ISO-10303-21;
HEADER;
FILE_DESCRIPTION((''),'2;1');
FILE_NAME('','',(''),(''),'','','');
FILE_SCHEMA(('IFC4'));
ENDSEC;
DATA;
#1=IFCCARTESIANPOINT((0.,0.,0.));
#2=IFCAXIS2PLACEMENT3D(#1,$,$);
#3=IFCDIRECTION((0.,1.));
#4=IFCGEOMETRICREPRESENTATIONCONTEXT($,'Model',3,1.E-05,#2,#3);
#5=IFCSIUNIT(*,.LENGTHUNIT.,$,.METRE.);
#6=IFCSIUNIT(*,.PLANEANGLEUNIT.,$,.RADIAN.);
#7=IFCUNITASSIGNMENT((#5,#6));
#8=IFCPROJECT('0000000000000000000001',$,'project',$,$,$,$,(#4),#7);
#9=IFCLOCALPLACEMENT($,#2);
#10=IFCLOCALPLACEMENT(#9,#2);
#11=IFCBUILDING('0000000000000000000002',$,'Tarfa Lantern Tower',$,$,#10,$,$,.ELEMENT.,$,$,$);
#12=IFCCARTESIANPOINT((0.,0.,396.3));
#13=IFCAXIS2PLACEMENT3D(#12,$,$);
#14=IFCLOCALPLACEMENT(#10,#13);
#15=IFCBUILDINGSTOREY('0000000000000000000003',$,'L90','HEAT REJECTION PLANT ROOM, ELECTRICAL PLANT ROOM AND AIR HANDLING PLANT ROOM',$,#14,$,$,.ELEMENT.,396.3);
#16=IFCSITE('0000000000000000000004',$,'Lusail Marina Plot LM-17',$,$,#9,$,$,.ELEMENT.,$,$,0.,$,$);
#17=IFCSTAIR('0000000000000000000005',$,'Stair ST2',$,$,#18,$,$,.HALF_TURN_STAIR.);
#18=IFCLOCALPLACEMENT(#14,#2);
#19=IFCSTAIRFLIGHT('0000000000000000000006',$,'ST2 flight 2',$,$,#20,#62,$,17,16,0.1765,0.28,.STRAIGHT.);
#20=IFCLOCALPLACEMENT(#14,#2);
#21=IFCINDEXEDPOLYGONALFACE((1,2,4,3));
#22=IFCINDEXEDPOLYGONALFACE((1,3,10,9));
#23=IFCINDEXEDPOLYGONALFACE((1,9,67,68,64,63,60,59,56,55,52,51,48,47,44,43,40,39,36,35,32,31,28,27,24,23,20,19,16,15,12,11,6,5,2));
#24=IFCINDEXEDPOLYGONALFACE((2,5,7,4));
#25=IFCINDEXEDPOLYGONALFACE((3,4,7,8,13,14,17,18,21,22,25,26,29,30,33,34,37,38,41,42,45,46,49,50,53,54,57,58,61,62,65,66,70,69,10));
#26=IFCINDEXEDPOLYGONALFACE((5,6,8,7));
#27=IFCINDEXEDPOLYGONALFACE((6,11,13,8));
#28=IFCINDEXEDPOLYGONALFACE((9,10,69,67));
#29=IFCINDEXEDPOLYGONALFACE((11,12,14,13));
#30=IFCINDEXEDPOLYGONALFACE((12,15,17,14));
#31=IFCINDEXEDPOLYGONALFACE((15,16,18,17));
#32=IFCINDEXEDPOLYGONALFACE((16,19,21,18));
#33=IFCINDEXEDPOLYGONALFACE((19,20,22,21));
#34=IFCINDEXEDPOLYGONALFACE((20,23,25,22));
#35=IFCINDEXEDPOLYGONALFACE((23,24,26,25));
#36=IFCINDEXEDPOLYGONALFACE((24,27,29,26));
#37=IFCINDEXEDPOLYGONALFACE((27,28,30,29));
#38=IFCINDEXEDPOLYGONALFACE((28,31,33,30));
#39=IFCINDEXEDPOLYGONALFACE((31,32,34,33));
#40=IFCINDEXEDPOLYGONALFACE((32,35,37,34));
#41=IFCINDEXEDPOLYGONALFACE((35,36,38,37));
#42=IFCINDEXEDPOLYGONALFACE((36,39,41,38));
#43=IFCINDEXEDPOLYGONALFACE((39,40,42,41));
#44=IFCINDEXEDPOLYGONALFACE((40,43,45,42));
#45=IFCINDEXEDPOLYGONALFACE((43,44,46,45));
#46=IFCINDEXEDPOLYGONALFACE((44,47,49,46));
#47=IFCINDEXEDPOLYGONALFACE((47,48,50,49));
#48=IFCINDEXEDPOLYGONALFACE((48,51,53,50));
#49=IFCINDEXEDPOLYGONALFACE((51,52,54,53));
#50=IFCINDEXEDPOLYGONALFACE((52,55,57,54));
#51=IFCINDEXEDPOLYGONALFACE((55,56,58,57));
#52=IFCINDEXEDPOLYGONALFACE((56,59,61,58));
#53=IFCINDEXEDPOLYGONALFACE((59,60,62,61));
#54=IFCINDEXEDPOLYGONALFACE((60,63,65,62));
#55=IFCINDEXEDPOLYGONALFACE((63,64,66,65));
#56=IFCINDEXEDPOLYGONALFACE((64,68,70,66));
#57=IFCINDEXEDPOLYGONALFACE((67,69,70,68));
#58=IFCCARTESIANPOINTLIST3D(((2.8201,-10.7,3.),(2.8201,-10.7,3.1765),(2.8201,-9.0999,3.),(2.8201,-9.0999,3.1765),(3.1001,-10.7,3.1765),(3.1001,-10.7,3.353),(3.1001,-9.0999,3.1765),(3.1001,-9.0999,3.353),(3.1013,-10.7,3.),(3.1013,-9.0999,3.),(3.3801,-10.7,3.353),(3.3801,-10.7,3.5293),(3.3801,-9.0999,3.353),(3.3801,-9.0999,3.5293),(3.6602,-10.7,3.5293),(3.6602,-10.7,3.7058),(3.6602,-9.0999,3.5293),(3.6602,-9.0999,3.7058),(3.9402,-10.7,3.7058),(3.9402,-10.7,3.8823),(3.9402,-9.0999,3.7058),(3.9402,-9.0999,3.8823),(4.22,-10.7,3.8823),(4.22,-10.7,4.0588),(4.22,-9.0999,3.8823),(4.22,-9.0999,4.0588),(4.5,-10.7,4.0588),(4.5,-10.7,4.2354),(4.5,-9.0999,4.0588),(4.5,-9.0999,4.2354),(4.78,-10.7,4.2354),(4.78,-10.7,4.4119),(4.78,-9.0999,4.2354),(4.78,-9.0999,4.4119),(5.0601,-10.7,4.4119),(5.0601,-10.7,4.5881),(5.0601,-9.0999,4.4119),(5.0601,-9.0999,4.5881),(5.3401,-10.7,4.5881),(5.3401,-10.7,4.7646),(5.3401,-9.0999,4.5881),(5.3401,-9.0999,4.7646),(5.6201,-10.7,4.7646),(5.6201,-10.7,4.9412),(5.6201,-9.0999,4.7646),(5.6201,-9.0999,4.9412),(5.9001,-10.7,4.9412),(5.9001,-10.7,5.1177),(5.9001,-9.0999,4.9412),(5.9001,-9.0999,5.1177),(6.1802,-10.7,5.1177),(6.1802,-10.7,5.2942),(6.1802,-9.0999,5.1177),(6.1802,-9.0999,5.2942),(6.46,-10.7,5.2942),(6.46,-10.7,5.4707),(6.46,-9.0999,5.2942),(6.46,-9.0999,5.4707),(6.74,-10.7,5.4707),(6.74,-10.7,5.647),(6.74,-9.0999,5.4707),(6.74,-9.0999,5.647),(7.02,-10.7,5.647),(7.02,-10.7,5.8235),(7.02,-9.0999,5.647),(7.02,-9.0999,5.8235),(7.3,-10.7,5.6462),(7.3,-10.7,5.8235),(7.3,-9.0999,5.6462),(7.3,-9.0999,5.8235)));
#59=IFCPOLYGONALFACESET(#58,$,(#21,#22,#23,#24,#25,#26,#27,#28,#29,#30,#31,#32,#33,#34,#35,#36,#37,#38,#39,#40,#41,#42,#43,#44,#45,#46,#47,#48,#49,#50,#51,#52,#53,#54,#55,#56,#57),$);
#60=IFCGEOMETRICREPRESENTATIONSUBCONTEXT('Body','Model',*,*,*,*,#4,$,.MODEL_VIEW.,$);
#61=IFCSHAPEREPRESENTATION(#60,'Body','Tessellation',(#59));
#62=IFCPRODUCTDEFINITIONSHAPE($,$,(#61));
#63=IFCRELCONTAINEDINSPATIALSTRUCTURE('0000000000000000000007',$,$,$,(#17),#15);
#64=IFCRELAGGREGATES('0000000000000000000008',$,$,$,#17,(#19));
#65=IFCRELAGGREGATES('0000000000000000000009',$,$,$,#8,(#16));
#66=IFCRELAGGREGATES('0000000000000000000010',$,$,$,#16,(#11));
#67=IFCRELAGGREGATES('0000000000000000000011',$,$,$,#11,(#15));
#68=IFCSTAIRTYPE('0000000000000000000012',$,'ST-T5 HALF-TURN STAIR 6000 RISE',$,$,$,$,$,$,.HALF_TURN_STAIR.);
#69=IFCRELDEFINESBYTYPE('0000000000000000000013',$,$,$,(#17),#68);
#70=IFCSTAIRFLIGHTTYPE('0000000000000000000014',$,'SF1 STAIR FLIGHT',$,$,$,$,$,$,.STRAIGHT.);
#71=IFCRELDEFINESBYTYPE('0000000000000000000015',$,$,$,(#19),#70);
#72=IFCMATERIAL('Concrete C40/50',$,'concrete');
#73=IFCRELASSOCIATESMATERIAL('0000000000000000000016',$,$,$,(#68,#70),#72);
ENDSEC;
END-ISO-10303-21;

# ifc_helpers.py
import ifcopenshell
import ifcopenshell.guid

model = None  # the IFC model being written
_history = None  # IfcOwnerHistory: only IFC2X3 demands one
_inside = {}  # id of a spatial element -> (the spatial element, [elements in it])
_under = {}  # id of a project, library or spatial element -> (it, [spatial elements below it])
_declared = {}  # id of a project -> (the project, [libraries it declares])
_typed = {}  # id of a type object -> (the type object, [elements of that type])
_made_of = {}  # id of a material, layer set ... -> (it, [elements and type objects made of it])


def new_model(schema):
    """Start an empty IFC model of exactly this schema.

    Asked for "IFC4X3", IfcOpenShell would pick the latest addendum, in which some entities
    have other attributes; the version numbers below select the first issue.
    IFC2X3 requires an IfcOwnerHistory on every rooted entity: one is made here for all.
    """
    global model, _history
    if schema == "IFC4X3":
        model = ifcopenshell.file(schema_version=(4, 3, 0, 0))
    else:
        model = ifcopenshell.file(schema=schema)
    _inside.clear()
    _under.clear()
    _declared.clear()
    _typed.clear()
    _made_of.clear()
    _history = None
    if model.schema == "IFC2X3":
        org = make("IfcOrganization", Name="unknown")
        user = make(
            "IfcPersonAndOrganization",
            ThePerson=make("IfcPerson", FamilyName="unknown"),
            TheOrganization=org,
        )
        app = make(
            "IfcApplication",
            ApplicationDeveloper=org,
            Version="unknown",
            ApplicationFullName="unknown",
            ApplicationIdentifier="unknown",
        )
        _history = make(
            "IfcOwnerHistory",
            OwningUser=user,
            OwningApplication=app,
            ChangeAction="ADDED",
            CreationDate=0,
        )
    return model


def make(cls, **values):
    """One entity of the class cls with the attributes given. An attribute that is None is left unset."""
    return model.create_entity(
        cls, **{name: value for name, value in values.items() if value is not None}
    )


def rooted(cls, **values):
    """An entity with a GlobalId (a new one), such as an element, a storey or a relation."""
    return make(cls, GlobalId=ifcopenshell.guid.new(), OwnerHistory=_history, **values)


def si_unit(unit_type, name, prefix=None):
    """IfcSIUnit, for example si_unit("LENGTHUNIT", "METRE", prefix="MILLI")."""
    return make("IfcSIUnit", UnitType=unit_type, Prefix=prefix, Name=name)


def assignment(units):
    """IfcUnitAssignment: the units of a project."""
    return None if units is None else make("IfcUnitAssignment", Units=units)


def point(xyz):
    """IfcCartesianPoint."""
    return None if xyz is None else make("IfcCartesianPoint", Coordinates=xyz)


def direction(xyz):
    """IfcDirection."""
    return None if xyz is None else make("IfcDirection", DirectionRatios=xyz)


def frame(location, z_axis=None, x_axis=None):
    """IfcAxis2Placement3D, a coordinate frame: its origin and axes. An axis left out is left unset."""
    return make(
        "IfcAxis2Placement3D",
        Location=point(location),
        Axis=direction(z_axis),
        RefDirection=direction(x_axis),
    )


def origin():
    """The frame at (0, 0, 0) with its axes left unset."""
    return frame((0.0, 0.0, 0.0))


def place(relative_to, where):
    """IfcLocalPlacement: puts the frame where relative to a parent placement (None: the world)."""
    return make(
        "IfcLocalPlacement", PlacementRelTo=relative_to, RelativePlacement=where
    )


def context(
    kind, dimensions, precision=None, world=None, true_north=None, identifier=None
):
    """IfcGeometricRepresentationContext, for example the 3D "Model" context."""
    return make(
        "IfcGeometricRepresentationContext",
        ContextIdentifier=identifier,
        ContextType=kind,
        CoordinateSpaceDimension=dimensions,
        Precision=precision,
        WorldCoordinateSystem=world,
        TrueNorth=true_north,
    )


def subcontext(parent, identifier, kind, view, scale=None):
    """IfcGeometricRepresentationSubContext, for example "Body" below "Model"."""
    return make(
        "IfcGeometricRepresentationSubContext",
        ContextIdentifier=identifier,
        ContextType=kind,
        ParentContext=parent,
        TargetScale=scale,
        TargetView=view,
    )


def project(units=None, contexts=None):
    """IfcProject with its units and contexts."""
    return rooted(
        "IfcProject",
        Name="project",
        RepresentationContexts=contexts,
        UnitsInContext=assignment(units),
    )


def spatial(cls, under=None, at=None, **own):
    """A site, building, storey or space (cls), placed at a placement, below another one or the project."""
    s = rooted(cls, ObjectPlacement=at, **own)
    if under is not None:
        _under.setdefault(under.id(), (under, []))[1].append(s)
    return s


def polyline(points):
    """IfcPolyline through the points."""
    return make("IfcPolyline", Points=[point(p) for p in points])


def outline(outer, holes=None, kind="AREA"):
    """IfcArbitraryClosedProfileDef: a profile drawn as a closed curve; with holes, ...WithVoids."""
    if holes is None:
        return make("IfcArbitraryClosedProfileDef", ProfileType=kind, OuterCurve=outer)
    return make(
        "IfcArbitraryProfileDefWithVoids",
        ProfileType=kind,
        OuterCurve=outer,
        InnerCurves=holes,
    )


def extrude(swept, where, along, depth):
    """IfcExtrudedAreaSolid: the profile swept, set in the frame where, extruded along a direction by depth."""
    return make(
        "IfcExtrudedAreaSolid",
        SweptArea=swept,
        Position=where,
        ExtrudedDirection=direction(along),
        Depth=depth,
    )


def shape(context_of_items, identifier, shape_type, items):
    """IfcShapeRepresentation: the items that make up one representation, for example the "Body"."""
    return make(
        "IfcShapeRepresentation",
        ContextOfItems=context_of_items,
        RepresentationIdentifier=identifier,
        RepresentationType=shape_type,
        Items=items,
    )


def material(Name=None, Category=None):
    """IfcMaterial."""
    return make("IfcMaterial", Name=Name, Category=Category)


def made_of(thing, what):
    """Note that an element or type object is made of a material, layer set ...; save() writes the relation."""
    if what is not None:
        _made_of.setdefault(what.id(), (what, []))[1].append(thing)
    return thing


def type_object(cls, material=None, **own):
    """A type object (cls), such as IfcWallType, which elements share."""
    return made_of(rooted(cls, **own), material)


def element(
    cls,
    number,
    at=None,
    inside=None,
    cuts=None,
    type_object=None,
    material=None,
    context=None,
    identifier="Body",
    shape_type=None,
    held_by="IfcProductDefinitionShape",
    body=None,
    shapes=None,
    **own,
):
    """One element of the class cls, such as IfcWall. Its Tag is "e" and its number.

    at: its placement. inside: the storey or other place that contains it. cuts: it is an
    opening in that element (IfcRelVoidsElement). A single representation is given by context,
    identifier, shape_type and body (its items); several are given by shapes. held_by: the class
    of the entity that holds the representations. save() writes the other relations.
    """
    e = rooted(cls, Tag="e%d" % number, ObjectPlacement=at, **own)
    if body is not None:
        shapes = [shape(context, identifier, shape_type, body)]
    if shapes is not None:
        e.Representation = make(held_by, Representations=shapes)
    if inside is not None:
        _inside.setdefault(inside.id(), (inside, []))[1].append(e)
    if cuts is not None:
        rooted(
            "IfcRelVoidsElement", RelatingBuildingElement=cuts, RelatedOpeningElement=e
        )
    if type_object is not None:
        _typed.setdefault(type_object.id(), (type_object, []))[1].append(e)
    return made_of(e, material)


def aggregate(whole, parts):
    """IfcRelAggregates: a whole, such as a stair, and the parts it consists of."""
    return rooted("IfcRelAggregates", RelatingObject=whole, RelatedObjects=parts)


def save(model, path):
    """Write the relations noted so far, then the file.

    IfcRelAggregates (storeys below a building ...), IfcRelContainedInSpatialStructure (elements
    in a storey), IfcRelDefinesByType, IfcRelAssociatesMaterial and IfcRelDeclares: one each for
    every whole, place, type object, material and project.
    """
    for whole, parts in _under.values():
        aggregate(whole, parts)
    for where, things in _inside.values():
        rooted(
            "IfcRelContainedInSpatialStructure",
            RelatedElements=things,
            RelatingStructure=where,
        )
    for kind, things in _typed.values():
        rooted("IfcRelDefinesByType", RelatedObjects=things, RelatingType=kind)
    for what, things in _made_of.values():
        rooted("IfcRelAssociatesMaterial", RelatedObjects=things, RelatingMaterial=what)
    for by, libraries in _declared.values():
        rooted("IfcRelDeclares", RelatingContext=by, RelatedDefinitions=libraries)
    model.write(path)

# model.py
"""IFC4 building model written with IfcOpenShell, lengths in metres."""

from ifc_helpers import new_model, si_unit, direction, frame, origin, place, context, subcontext, project, spatial, polyline, outline, extrude, material, type_object, element, aggregate, save


model = new_model("IFC4")

# Units and contexts
model_context = context("Model", 3, precision=1e-05, world=origin(), true_north=direction((0.0, 1.0)))
body_context = subcontext(model_context, "Body", "Model", "MODEL_VIEW")
ifc_project = project(units=[si_unit("LENGTHUNIT", "METRE"), si_unit("PLANEANGLEUNIT", "RADIAN")], contexts=[model_context])

# Site, building, storey
site_placement = place(None, origin())
site = spatial("IfcSite", under=ifc_project, at=site_placement, Name="Lusail Marina Plot LM-17", CompositionType="ELEMENT", RefElevation=0.0)
building_placement = place(site_placement, origin())
building = spatial("IfcBuilding", under=site, at=building_placement, Name="Tarfa Lantern Tower", CompositionType="ELEMENT")
storey_placement = place(building_placement, frame((0.0, 0.0, 396.3)))
storey = spatial("IfcBuildingStorey", under=building, at=storey_placement, Name="L90", Description="HEAT REJECTION PLANT ROOM, ELECTRICAL PLANT ROOM AND AIR HANDLING PLANT ROOM", CompositionType="ELEMENT", Elevation=396.3)

# Shared definitions
ifc_material_1 = material(Name="Concrete C40/50", Category="concrete")

# Stair, stair flight
stair_type = type_object("IfcStairType", Name="ST-T5 HALF-TURN STAIR 6000 RISE", PredefinedType="HALF_TURN_STAIR", material=ifc_material_1)
stair_placement = place(storey_placement, origin())
stair = element("IfcStair", 1, at=stair_placement, inside=storey, type_object=stair_type, Name="Stair ST2", PredefinedType="HALF_TURN_STAIR")
stair_flight_type = type_object("IfcStairFlightType", Name="SF1 STAIR FLIGHT", PredefinedType="STRAIGHT", material=ifc_material_1)
stair_flight_1_placement = place(storey_placement, frame((2.8201, -9.8999, 3.0), z_axis=(0.0, 0.0, 1.0), x_axis=(1.0, 0.0, 0.0)))
stair_flight_1 = element("IfcStairFlight", 2, at=stair_flight_1_placement, type_object=stair_flight_type, Name="ST2 flight 2", NumberOfRisers=17, NumberOfTreads=16, PredefinedType="STRAIGHT", RiserHeight=0.1765, TreadLength=0.28, context=body_context, shape_type="SweptSolid", body=[
    extrude(outline(polyline([(0.0, 0.0), (0.0, 0.1765), (0.28, 0.1765), (0.28, 0.353), (0.5601, 0.353), (0.5601, 0.5293), (0.8401, 0.5293), (0.8401, 0.7058), (1.1201, 0.7058), (1.1201, 0.8823), (1.3999, 0.8823), (1.3999, 1.0588), (1.6799, 1.0588), (1.6799, 1.2354), (1.96, 1.2354), (1.96, 1.4119), (2.24, 1.4119), (2.24, 1.5881), (2.52, 1.5881), (2.52, 1.7646), (2.8, 1.7646), (2.8, 1.9412), (3.0801, 1.9412), (3.0801, 2.1177), (3.3601, 2.1177), (3.3601, 2.2942), (3.6399, 2.2942), (3.6399, 2.4707), (3.9199, 2.4707), (3.9199, 2.647), (4.2, 2.647), (4.2, 2.8235), (4.48, 2.8235), (4.48, 3.0), (4.48, 2.6462), (0.2812, 0.0), (0.0, 0.0)])), frame((0.0, 0.8, 0.0), z_axis=(0.0, -1.0, 0.0), x_axis=(1.0, 0.0, 0.0)), (0.0, 0.0, 1.0), 1.6001),
])
aggregate(stair, [stair_flight_1])

save(model, "model.ifc")
